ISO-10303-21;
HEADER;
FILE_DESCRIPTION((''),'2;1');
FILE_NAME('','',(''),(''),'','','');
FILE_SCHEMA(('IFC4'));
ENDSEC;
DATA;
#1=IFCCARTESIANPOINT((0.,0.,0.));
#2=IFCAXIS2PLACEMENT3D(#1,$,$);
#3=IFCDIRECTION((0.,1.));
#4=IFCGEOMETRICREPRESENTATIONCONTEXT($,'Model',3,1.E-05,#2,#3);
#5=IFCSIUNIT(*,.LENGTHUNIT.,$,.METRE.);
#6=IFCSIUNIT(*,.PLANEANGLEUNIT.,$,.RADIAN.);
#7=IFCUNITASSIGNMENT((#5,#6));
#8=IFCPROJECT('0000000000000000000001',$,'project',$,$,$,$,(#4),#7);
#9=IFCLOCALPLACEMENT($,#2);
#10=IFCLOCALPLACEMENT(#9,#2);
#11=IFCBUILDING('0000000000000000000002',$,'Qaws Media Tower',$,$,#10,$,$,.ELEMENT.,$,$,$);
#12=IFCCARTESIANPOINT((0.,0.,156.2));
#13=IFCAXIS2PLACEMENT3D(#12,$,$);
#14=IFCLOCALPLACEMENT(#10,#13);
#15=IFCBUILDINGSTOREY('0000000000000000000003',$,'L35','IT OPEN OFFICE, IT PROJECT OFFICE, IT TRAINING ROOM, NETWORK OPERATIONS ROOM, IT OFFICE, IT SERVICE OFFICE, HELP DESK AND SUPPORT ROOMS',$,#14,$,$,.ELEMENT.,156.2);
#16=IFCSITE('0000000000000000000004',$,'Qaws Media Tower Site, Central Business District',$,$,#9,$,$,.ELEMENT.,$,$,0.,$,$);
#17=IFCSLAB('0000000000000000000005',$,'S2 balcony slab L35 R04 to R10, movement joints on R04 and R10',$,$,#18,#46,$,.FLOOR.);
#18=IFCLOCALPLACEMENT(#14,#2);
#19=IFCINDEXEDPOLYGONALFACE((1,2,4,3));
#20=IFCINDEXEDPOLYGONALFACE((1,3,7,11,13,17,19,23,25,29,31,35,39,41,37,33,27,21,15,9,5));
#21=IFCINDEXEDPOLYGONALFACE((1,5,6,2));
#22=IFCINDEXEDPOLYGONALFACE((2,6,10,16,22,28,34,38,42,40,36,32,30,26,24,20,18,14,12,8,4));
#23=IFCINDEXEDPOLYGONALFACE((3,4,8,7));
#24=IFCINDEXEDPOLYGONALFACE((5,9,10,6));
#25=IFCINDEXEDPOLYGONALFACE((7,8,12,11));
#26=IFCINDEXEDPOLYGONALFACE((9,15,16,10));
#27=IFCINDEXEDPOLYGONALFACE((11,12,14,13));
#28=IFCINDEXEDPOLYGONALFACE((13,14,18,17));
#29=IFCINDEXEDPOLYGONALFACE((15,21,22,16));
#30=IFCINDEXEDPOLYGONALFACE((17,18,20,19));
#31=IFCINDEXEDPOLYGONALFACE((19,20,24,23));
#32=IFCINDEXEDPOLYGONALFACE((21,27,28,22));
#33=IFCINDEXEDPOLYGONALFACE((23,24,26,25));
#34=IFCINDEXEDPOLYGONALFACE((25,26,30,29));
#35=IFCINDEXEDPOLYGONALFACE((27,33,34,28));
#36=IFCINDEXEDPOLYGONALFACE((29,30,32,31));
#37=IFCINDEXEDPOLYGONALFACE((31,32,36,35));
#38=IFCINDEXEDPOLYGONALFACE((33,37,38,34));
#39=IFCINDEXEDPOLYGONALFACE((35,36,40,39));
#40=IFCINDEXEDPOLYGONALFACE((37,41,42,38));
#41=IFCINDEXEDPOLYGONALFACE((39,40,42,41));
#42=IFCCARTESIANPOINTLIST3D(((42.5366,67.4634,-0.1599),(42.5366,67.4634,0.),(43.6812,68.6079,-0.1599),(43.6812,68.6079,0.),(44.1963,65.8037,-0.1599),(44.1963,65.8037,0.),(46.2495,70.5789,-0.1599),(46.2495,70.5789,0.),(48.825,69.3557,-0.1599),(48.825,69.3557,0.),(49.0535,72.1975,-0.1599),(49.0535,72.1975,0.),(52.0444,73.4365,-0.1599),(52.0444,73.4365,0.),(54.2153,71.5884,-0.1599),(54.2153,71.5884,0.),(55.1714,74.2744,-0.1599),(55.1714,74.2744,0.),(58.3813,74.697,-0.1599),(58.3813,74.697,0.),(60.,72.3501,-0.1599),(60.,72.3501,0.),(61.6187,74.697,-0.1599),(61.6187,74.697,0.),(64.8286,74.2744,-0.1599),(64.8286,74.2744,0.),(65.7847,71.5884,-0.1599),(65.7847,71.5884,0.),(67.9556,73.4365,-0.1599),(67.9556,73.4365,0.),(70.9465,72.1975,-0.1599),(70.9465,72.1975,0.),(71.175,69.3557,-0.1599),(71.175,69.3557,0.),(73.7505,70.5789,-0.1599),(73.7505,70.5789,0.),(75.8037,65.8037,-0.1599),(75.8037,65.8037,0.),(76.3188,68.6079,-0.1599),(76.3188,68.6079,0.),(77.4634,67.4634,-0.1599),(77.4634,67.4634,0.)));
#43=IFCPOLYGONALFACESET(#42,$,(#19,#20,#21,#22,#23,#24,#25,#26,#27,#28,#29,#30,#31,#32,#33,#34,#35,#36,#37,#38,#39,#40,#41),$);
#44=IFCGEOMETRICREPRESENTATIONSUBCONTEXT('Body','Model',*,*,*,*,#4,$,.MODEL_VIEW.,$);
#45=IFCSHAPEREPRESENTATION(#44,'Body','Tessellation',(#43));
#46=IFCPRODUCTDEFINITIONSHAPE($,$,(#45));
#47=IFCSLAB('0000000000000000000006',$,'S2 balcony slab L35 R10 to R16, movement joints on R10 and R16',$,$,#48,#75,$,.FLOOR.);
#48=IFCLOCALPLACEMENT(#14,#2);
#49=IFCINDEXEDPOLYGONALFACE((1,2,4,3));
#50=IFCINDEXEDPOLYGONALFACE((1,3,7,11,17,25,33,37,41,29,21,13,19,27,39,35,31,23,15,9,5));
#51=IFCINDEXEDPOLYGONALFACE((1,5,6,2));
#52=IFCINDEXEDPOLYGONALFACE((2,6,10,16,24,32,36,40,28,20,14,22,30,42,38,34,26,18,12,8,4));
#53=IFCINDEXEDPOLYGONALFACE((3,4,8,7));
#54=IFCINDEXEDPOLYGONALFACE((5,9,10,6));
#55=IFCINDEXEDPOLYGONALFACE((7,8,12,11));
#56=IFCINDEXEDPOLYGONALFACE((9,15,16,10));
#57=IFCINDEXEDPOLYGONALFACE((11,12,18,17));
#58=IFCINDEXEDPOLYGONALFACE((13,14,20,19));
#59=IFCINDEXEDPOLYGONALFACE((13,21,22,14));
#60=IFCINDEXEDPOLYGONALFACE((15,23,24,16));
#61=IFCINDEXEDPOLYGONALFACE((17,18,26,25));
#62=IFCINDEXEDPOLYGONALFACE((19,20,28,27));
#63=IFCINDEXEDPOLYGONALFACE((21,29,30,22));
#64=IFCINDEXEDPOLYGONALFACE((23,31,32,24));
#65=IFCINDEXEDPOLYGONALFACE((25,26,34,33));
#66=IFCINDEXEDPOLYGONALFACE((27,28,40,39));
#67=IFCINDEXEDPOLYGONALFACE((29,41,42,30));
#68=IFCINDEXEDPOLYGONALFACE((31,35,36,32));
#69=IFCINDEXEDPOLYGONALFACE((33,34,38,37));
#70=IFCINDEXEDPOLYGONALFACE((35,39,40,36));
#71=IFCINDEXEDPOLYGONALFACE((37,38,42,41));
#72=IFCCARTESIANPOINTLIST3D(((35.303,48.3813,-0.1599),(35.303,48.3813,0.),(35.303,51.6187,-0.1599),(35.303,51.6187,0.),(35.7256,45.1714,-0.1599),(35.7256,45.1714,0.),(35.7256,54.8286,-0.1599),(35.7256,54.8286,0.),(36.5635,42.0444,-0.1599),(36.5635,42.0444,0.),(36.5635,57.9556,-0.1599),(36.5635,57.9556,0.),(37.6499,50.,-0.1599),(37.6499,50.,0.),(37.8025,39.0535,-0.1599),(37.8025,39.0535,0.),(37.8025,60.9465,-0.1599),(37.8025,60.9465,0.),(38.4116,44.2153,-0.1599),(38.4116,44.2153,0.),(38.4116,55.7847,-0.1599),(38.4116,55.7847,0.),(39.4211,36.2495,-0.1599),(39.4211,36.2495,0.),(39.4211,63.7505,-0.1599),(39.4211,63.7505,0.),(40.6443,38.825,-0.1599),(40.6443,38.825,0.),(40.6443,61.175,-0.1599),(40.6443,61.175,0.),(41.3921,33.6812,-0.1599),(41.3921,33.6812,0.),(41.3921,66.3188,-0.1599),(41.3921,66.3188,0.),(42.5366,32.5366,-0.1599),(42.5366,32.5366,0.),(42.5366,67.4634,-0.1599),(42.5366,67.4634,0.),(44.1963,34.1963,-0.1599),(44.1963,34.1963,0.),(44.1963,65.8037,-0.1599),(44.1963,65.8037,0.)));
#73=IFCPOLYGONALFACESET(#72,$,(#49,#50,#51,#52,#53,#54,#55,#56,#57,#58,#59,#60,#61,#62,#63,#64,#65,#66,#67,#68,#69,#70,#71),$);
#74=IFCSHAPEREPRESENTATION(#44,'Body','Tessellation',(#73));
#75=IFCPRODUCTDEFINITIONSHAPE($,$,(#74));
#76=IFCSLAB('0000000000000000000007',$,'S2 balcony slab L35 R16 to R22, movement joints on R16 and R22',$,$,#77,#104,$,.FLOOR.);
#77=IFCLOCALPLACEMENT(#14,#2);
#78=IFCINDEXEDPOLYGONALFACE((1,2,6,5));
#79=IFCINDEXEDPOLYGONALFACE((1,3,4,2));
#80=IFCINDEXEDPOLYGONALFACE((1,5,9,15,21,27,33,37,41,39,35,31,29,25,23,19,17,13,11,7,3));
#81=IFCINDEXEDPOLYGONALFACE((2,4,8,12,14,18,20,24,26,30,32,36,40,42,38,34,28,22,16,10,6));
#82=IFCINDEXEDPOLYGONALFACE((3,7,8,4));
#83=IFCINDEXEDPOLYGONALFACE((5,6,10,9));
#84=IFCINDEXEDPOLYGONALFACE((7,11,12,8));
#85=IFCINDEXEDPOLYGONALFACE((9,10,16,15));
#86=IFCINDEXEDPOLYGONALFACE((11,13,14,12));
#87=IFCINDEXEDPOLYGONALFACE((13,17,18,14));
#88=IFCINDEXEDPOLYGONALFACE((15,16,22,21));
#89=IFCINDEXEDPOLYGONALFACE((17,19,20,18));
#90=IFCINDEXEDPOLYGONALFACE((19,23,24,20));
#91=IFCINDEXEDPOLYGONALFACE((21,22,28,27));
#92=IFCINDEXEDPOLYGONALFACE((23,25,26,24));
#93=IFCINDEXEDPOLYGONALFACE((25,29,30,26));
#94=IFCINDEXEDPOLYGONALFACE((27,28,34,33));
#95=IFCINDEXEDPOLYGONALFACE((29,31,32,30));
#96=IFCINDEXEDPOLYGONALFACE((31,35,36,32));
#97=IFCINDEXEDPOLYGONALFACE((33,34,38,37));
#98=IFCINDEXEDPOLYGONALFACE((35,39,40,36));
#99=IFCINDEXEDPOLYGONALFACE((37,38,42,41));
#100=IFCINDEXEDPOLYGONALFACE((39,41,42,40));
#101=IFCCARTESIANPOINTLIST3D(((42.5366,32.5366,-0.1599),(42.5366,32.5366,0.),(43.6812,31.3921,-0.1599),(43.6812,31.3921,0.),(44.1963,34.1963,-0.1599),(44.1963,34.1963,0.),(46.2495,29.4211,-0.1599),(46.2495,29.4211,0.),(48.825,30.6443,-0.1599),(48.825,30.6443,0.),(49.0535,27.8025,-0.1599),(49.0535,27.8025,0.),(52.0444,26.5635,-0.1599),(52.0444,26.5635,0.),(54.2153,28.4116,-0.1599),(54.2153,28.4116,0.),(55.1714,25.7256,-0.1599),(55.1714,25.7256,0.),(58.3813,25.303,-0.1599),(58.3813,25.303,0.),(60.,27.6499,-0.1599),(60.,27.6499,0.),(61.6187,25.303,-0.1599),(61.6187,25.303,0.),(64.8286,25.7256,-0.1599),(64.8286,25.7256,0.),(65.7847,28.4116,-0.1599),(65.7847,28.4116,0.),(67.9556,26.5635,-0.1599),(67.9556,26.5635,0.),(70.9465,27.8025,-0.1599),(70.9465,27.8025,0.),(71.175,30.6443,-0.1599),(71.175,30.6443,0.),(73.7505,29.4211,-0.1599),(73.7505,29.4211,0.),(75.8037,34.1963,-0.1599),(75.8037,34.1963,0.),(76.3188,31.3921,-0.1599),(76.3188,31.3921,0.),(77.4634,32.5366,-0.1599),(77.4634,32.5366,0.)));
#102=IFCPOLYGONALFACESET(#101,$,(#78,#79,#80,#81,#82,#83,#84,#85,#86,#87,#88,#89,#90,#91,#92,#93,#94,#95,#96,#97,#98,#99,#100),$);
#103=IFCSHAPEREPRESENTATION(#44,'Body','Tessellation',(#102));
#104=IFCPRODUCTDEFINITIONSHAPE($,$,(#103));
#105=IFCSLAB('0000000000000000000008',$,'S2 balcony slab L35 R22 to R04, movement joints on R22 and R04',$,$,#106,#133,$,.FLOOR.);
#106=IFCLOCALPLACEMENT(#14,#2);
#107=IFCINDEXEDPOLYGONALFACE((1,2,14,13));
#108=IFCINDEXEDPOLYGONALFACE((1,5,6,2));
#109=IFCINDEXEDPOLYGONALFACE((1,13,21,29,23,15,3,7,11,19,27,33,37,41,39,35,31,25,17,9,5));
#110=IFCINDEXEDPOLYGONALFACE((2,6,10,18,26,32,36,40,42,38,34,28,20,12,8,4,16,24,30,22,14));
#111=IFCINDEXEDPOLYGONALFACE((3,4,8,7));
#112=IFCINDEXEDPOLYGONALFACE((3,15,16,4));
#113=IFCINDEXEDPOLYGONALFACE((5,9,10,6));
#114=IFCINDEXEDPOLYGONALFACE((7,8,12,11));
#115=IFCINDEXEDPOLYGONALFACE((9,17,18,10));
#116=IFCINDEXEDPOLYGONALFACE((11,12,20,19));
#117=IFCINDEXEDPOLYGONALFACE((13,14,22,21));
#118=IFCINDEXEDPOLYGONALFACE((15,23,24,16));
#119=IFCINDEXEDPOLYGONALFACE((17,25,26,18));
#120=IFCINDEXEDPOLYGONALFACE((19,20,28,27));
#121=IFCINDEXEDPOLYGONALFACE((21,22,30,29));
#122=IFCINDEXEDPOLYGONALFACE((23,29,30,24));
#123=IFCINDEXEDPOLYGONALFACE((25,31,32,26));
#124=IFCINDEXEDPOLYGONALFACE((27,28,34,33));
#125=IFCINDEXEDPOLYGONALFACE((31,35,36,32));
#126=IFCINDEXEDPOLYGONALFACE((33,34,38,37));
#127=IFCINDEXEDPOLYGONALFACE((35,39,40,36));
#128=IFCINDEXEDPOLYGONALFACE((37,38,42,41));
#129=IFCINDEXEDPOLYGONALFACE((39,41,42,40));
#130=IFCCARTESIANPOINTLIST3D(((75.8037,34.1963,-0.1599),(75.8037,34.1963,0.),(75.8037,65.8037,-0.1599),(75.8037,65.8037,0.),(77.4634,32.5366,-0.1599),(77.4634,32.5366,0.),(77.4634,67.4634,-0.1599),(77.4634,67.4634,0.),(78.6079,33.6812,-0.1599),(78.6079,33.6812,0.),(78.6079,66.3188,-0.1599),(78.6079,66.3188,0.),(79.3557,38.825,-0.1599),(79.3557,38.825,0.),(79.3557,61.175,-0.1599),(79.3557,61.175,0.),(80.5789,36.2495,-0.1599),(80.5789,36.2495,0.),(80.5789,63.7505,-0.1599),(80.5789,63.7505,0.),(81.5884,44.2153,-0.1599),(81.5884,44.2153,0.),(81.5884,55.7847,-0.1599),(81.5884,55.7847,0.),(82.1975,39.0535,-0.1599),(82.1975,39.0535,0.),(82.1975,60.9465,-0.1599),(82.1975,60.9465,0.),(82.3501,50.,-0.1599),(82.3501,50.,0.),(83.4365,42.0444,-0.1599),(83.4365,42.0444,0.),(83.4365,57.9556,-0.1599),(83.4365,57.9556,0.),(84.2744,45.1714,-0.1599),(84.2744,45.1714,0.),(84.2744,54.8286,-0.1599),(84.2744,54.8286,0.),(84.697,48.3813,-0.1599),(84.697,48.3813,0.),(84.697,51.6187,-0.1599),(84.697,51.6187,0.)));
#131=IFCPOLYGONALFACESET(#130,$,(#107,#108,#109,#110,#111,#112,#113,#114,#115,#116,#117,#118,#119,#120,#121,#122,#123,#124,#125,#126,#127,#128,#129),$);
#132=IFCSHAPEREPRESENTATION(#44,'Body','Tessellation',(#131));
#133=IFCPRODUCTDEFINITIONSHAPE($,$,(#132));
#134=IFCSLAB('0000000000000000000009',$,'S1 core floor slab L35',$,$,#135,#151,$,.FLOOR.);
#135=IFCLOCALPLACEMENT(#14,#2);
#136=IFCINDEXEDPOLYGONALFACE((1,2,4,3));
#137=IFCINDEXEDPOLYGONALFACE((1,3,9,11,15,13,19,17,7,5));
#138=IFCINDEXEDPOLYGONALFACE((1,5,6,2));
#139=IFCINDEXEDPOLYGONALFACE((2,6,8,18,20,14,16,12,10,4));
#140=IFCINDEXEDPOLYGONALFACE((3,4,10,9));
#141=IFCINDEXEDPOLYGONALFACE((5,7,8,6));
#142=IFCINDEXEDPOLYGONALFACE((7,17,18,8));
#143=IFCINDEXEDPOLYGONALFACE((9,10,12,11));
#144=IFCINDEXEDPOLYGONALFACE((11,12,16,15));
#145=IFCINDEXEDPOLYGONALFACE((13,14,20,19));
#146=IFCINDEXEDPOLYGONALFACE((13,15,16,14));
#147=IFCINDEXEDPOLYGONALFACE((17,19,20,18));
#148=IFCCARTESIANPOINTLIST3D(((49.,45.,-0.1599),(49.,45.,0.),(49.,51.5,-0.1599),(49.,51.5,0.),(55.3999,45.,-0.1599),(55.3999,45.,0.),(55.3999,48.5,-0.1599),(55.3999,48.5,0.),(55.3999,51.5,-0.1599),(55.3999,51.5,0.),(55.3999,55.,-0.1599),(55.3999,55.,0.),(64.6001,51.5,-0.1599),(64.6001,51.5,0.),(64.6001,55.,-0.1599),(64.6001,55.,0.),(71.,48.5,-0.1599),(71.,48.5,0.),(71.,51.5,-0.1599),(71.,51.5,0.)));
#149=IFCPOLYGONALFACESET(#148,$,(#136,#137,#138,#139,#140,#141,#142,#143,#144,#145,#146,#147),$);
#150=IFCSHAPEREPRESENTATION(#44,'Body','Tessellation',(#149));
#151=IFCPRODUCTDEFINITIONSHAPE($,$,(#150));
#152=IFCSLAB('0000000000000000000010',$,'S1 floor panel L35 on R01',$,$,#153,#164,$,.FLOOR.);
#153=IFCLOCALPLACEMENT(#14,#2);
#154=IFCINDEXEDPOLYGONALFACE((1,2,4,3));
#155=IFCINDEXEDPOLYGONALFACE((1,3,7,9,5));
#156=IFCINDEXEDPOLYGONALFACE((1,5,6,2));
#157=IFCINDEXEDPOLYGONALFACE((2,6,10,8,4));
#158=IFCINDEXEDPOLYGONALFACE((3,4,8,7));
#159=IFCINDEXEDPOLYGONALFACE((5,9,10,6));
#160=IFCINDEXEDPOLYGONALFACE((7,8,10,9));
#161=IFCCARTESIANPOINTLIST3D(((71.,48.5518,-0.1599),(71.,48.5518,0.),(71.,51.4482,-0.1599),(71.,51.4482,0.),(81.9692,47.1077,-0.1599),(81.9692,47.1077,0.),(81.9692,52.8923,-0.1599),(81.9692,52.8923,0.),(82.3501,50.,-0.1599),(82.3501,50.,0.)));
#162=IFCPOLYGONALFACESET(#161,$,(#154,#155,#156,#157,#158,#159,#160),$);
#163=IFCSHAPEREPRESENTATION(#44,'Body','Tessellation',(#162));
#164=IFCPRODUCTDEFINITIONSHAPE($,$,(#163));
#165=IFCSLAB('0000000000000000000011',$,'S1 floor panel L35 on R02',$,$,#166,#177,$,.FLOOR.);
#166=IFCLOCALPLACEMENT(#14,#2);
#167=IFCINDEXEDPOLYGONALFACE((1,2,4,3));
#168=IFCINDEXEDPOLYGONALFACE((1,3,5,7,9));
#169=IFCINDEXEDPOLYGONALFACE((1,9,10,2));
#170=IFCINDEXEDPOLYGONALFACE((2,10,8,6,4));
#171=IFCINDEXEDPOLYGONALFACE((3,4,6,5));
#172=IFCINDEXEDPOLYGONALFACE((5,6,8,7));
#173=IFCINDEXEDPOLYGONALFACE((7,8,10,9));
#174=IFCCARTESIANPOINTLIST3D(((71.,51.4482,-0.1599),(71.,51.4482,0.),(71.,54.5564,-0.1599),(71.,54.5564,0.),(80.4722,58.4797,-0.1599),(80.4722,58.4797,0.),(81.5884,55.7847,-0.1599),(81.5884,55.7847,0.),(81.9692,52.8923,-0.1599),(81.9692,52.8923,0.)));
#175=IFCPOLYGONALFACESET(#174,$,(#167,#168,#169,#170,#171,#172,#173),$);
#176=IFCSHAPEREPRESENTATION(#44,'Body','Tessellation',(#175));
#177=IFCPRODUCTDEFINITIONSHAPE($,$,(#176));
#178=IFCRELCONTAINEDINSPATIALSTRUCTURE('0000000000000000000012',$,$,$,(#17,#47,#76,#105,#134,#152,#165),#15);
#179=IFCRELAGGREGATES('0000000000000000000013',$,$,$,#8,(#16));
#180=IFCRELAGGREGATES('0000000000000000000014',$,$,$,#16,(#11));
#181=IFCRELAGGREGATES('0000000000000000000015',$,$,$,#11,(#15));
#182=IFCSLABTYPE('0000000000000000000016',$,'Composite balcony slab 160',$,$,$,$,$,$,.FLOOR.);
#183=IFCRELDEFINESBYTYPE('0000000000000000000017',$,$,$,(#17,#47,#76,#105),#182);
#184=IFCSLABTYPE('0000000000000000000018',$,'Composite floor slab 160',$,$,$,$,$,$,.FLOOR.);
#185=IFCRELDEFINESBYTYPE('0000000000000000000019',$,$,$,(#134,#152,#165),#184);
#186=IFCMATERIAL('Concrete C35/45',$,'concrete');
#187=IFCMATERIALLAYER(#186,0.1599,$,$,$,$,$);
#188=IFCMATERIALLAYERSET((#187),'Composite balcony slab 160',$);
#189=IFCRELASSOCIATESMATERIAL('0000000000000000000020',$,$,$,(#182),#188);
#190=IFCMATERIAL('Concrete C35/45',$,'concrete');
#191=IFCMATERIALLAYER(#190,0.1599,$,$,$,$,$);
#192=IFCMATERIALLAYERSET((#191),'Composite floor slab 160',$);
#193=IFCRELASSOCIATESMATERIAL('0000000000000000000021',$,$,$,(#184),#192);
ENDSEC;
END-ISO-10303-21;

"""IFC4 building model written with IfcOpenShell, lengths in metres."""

from ifc_helpers import new_model, si_unit, direction, frame, origin, place, context, subcontext, project, spatial, polyline, outline, extrude, material, layer, layer_set, type_object, element, save


model = new_model("IFC4")

# Units and contexts
model_context = context("Model", 3, precision=1e-05, world=origin(), true_north=direction((0.0, 1.0)))
body_context = subcontext(model_context, "Body", "Model", "MODEL_VIEW")
ifc_project = project(units=[si_unit("LENGTHUNIT", "METRE"), si_unit("PLANEANGLEUNIT", "RADIAN")], contexts=[model_context])

# Site, building, storey
site_placement = place(None, origin())
site = spatial("IfcSite", under=ifc_project, at=site_placement, Name="Qaws Media Tower Site, Central Business District", CompositionType="ELEMENT", RefElevation=0.0)
building_placement = place(site_placement, origin())
building = spatial("IfcBuilding", under=site, at=building_placement, Name="Qaws Media Tower", CompositionType="ELEMENT")
storey_placement = place(building_placement, frame((0.0, 0.0, 156.2)))
storey = spatial("IfcBuildingStorey", under=building, at=storey_placement, Name="L35", Description="IT OPEN OFFICE, IT PROJECT OFFICE, IT TRAINING ROOM, NETWORK OPERATIONS ROOM, IT OFFICE, IT SERVICE OFFICE, HELP DESK AND SUPPORT ROOMS", CompositionType="ELEMENT", Elevation=156.2)

# Slabs
ifc_material_1 = material(Name="Concrete C35/45", Category="concrete")
ifc_layer_1 = layer(ifc_material_1, 0.1599)
ifc_layer_set_1 = layer_set([ifc_layer_1], Name="Composite balcony slab 160")
slab_type_1 = type_object("IfcSlabType", Name="Composite balcony slab 160", PredefinedType="FLOOR", material=ifc_layer_set_1)
slab_1_placement = place(storey_placement, frame((0.0, 0.0, -0.1599)))
element("IfcSlab", 1, at=slab_1_placement, inside=storey, type_object=slab_type_1, Name="S2 balcony slab L35 R04 to R10, movement joints on R04 and R10", PredefinedType="FLOOR", context=body_context, shape_type="SweptSolid", body=[
    extrude(outline(polyline([(43.6812, 68.6079), (46.2495, 70.5789), (49.0535, 72.1975), (52.0444, 73.4365), (55.1714, 74.2744), (58.3813, 74.697), (61.6187, 74.697), (64.8286, 74.2744), (67.9556, 73.4365), (70.9465, 72.1975), (73.7505, 70.5789), (76.3188, 68.6079), (77.4634, 67.4634), (75.8037, 65.8037), (71.175, 69.3557), (65.7847, 71.5884), (60.0, 72.3501), (54.2153, 71.5884), (48.825, 69.3557), (44.1963, 65.8037), (42.5366, 67.4634), (43.6812, 68.6079)])), origin(), (0.0, 0.0, 1.0), 0.1599),
])
slab_2_placement = place(storey_placement, frame((0.0, 0.0, -0.1599)))
element("IfcSlab", 2, at=slab_2_placement, inside=storey, type_object=slab_type_1, Name="S2 balcony slab L35 R10 to R16, movement joints on R10 and R16", PredefinedType="FLOOR", context=body_context, shape_type="SweptSolid", body=[
    extrude(outline(polyline([(41.3921, 33.6812), (39.4211, 36.2495), (37.8025, 39.0535), (36.5635, 42.0444), (35.7256, 45.1714), (35.303, 48.3813), (35.303, 51.6187), (35.7256, 54.8286), (36.5635, 57.9556), (37.8025, 60.9465), (39.4211, 63.7505), (41.3921, 66.3188), (42.5366, 67.4634), (44.1963, 65.8037), (40.6443, 61.175), (38.4116, 55.7847), (37.6499, 50.0), (38.4116, 44.2153), (40.6443, 38.825), (44.1963, 34.1963), (42.5366, 32.5366), (41.3921, 33.6812)])), origin(), (0.0, 0.0, 1.0), 0.1599),
])
slab_3_placement = place(storey_placement, frame((0.0, 0.0, -0.1599)))
element("IfcSlab", 3, at=slab_3_placement, inside=storey, type_object=slab_type_1, Name="S2 balcony slab L35 R16 to R22, movement joints on R16 and R22", PredefinedType="FLOOR", context=body_context, shape_type="SweptSolid", body=[
    extrude(outline(polyline([(76.3188, 31.3921), (73.7505, 29.4211), (70.9465, 27.8025), (67.9556, 26.5635), (64.8286, 25.7256), (61.6187, 25.303), (58.3813, 25.303), (55.1714, 25.7256), (52.0444, 26.5635), (49.0535, 27.8025), (46.2495, 29.4211), (43.6812, 31.3921), (42.5366, 32.5366), (44.1963, 34.1963), (48.825, 30.6443), (54.2153, 28.4116), (60.0, 27.6499), (65.7847, 28.4116), (71.175, 30.6443), (75.8037, 34.1963), (77.4634, 32.5366), (76.3188, 31.3921)])), origin(), (0.0, 0.0, 1.0), 0.1599),
])
slab_4_placement = place(storey_placement, frame((0.0, 0.0, -0.1599)))
element("IfcSlab", 4, at=slab_4_placement, inside=storey, type_object=slab_type_1, Name="S2 balcony slab L35 R22 to R04, movement joints on R22 and R04", PredefinedType="FLOOR", context=body_context, shape_type="SweptSolid", body=[
    extrude(outline(polyline([(84.2744, 45.1714), (83.4365, 42.0444), (82.1975, 39.0535), (80.5789, 36.2495), (78.6079, 33.6812), (77.4634, 32.5366), (75.8037, 34.1963), (79.3557, 38.825), (81.5884, 44.2153), (82.3501, 50.0), (81.5884, 55.7847), (79.3557, 61.175), (75.8037, 65.8037), (77.4634, 67.4634), (78.6079, 66.3188), (80.5789, 63.7505), (82.1975, 60.9465), (83.4365, 57.9556), (84.2744, 54.8286), (84.697, 51.6187), (84.697, 48.3813), (84.2744, 45.1714)])), origin(), (0.0, 0.0, 1.0), 0.1599),
])
ifc_material_2 = material(Name="Concrete C35/45", Category="concrete")
ifc_layer_2 = layer(ifc_material_2, 0.1599)
ifc_layer_set_2 = layer_set([ifc_layer_2], Name="Composite floor slab 160")
slab_type_2 = type_object("IfcSlabType", Name="Composite floor slab 160", PredefinedType="FLOOR", material=ifc_layer_set_2)
slab_5_placement = place(storey_placement, frame((0.0, 0.0, -0.1599)))
element("IfcSlab", 5, at=slab_5_placement, inside=storey, type_object=slab_type_2, Name="S1 core floor slab L35", PredefinedType="FLOOR", context=body_context, shape_type="SweptSolid", body=[
    extrude(outline(polyline([(71.0, 51.5), (71.0, 48.5), (55.3999, 48.5), (55.3999, 45.0), (49.0, 45.0), (49.0, 51.5), (55.3999, 51.5), (55.3999, 55.0), (64.6001, 55.0), (64.6001, 51.5), (71.0, 51.5)])), origin(), (0.0, 0.0, 1.0), 0.1599),
])
slab_6_placement = place(storey_placement, frame((0.0, 0.0, -0.1599)))
element("IfcSlab", 6, at=slab_6_placement, inside=storey, type_object=slab_type_2, Name="S1 floor panel L35 on R01", PredefinedType="FLOOR", context=body_context, shape_type="SweptSolid", body=[
    extrude(outline(polyline([(82.3501, 50.0), (81.9692, 47.1077), (71.0, 48.5518), (71.0, 51.4482), (81.9692, 52.8923), (82.3501, 50.0)])), origin(), (0.0, 0.0, 1.0), 0.1599),
])
slab_7_placement = place(storey_placement, frame((0.0, 0.0, -0.1599)))
element("IfcSlab", 7, at=slab_7_placement, inside=storey, type_object=slab_type_2, Name="S1 floor panel L35 on R02", PredefinedType="FLOOR", context=body_context, shape_type="SweptSolid", body=[
    extrude(outline(polyline([(81.5884, 55.7847), (81.9692, 52.8923), (71.0, 51.4482), (71.0, 54.5564), (80.4722, 58.4797), (81.5884, 55.7847)])), origin(), (0.0, 0.0, 1.0), 0.1599),
])

save(model, "model.ifc")
